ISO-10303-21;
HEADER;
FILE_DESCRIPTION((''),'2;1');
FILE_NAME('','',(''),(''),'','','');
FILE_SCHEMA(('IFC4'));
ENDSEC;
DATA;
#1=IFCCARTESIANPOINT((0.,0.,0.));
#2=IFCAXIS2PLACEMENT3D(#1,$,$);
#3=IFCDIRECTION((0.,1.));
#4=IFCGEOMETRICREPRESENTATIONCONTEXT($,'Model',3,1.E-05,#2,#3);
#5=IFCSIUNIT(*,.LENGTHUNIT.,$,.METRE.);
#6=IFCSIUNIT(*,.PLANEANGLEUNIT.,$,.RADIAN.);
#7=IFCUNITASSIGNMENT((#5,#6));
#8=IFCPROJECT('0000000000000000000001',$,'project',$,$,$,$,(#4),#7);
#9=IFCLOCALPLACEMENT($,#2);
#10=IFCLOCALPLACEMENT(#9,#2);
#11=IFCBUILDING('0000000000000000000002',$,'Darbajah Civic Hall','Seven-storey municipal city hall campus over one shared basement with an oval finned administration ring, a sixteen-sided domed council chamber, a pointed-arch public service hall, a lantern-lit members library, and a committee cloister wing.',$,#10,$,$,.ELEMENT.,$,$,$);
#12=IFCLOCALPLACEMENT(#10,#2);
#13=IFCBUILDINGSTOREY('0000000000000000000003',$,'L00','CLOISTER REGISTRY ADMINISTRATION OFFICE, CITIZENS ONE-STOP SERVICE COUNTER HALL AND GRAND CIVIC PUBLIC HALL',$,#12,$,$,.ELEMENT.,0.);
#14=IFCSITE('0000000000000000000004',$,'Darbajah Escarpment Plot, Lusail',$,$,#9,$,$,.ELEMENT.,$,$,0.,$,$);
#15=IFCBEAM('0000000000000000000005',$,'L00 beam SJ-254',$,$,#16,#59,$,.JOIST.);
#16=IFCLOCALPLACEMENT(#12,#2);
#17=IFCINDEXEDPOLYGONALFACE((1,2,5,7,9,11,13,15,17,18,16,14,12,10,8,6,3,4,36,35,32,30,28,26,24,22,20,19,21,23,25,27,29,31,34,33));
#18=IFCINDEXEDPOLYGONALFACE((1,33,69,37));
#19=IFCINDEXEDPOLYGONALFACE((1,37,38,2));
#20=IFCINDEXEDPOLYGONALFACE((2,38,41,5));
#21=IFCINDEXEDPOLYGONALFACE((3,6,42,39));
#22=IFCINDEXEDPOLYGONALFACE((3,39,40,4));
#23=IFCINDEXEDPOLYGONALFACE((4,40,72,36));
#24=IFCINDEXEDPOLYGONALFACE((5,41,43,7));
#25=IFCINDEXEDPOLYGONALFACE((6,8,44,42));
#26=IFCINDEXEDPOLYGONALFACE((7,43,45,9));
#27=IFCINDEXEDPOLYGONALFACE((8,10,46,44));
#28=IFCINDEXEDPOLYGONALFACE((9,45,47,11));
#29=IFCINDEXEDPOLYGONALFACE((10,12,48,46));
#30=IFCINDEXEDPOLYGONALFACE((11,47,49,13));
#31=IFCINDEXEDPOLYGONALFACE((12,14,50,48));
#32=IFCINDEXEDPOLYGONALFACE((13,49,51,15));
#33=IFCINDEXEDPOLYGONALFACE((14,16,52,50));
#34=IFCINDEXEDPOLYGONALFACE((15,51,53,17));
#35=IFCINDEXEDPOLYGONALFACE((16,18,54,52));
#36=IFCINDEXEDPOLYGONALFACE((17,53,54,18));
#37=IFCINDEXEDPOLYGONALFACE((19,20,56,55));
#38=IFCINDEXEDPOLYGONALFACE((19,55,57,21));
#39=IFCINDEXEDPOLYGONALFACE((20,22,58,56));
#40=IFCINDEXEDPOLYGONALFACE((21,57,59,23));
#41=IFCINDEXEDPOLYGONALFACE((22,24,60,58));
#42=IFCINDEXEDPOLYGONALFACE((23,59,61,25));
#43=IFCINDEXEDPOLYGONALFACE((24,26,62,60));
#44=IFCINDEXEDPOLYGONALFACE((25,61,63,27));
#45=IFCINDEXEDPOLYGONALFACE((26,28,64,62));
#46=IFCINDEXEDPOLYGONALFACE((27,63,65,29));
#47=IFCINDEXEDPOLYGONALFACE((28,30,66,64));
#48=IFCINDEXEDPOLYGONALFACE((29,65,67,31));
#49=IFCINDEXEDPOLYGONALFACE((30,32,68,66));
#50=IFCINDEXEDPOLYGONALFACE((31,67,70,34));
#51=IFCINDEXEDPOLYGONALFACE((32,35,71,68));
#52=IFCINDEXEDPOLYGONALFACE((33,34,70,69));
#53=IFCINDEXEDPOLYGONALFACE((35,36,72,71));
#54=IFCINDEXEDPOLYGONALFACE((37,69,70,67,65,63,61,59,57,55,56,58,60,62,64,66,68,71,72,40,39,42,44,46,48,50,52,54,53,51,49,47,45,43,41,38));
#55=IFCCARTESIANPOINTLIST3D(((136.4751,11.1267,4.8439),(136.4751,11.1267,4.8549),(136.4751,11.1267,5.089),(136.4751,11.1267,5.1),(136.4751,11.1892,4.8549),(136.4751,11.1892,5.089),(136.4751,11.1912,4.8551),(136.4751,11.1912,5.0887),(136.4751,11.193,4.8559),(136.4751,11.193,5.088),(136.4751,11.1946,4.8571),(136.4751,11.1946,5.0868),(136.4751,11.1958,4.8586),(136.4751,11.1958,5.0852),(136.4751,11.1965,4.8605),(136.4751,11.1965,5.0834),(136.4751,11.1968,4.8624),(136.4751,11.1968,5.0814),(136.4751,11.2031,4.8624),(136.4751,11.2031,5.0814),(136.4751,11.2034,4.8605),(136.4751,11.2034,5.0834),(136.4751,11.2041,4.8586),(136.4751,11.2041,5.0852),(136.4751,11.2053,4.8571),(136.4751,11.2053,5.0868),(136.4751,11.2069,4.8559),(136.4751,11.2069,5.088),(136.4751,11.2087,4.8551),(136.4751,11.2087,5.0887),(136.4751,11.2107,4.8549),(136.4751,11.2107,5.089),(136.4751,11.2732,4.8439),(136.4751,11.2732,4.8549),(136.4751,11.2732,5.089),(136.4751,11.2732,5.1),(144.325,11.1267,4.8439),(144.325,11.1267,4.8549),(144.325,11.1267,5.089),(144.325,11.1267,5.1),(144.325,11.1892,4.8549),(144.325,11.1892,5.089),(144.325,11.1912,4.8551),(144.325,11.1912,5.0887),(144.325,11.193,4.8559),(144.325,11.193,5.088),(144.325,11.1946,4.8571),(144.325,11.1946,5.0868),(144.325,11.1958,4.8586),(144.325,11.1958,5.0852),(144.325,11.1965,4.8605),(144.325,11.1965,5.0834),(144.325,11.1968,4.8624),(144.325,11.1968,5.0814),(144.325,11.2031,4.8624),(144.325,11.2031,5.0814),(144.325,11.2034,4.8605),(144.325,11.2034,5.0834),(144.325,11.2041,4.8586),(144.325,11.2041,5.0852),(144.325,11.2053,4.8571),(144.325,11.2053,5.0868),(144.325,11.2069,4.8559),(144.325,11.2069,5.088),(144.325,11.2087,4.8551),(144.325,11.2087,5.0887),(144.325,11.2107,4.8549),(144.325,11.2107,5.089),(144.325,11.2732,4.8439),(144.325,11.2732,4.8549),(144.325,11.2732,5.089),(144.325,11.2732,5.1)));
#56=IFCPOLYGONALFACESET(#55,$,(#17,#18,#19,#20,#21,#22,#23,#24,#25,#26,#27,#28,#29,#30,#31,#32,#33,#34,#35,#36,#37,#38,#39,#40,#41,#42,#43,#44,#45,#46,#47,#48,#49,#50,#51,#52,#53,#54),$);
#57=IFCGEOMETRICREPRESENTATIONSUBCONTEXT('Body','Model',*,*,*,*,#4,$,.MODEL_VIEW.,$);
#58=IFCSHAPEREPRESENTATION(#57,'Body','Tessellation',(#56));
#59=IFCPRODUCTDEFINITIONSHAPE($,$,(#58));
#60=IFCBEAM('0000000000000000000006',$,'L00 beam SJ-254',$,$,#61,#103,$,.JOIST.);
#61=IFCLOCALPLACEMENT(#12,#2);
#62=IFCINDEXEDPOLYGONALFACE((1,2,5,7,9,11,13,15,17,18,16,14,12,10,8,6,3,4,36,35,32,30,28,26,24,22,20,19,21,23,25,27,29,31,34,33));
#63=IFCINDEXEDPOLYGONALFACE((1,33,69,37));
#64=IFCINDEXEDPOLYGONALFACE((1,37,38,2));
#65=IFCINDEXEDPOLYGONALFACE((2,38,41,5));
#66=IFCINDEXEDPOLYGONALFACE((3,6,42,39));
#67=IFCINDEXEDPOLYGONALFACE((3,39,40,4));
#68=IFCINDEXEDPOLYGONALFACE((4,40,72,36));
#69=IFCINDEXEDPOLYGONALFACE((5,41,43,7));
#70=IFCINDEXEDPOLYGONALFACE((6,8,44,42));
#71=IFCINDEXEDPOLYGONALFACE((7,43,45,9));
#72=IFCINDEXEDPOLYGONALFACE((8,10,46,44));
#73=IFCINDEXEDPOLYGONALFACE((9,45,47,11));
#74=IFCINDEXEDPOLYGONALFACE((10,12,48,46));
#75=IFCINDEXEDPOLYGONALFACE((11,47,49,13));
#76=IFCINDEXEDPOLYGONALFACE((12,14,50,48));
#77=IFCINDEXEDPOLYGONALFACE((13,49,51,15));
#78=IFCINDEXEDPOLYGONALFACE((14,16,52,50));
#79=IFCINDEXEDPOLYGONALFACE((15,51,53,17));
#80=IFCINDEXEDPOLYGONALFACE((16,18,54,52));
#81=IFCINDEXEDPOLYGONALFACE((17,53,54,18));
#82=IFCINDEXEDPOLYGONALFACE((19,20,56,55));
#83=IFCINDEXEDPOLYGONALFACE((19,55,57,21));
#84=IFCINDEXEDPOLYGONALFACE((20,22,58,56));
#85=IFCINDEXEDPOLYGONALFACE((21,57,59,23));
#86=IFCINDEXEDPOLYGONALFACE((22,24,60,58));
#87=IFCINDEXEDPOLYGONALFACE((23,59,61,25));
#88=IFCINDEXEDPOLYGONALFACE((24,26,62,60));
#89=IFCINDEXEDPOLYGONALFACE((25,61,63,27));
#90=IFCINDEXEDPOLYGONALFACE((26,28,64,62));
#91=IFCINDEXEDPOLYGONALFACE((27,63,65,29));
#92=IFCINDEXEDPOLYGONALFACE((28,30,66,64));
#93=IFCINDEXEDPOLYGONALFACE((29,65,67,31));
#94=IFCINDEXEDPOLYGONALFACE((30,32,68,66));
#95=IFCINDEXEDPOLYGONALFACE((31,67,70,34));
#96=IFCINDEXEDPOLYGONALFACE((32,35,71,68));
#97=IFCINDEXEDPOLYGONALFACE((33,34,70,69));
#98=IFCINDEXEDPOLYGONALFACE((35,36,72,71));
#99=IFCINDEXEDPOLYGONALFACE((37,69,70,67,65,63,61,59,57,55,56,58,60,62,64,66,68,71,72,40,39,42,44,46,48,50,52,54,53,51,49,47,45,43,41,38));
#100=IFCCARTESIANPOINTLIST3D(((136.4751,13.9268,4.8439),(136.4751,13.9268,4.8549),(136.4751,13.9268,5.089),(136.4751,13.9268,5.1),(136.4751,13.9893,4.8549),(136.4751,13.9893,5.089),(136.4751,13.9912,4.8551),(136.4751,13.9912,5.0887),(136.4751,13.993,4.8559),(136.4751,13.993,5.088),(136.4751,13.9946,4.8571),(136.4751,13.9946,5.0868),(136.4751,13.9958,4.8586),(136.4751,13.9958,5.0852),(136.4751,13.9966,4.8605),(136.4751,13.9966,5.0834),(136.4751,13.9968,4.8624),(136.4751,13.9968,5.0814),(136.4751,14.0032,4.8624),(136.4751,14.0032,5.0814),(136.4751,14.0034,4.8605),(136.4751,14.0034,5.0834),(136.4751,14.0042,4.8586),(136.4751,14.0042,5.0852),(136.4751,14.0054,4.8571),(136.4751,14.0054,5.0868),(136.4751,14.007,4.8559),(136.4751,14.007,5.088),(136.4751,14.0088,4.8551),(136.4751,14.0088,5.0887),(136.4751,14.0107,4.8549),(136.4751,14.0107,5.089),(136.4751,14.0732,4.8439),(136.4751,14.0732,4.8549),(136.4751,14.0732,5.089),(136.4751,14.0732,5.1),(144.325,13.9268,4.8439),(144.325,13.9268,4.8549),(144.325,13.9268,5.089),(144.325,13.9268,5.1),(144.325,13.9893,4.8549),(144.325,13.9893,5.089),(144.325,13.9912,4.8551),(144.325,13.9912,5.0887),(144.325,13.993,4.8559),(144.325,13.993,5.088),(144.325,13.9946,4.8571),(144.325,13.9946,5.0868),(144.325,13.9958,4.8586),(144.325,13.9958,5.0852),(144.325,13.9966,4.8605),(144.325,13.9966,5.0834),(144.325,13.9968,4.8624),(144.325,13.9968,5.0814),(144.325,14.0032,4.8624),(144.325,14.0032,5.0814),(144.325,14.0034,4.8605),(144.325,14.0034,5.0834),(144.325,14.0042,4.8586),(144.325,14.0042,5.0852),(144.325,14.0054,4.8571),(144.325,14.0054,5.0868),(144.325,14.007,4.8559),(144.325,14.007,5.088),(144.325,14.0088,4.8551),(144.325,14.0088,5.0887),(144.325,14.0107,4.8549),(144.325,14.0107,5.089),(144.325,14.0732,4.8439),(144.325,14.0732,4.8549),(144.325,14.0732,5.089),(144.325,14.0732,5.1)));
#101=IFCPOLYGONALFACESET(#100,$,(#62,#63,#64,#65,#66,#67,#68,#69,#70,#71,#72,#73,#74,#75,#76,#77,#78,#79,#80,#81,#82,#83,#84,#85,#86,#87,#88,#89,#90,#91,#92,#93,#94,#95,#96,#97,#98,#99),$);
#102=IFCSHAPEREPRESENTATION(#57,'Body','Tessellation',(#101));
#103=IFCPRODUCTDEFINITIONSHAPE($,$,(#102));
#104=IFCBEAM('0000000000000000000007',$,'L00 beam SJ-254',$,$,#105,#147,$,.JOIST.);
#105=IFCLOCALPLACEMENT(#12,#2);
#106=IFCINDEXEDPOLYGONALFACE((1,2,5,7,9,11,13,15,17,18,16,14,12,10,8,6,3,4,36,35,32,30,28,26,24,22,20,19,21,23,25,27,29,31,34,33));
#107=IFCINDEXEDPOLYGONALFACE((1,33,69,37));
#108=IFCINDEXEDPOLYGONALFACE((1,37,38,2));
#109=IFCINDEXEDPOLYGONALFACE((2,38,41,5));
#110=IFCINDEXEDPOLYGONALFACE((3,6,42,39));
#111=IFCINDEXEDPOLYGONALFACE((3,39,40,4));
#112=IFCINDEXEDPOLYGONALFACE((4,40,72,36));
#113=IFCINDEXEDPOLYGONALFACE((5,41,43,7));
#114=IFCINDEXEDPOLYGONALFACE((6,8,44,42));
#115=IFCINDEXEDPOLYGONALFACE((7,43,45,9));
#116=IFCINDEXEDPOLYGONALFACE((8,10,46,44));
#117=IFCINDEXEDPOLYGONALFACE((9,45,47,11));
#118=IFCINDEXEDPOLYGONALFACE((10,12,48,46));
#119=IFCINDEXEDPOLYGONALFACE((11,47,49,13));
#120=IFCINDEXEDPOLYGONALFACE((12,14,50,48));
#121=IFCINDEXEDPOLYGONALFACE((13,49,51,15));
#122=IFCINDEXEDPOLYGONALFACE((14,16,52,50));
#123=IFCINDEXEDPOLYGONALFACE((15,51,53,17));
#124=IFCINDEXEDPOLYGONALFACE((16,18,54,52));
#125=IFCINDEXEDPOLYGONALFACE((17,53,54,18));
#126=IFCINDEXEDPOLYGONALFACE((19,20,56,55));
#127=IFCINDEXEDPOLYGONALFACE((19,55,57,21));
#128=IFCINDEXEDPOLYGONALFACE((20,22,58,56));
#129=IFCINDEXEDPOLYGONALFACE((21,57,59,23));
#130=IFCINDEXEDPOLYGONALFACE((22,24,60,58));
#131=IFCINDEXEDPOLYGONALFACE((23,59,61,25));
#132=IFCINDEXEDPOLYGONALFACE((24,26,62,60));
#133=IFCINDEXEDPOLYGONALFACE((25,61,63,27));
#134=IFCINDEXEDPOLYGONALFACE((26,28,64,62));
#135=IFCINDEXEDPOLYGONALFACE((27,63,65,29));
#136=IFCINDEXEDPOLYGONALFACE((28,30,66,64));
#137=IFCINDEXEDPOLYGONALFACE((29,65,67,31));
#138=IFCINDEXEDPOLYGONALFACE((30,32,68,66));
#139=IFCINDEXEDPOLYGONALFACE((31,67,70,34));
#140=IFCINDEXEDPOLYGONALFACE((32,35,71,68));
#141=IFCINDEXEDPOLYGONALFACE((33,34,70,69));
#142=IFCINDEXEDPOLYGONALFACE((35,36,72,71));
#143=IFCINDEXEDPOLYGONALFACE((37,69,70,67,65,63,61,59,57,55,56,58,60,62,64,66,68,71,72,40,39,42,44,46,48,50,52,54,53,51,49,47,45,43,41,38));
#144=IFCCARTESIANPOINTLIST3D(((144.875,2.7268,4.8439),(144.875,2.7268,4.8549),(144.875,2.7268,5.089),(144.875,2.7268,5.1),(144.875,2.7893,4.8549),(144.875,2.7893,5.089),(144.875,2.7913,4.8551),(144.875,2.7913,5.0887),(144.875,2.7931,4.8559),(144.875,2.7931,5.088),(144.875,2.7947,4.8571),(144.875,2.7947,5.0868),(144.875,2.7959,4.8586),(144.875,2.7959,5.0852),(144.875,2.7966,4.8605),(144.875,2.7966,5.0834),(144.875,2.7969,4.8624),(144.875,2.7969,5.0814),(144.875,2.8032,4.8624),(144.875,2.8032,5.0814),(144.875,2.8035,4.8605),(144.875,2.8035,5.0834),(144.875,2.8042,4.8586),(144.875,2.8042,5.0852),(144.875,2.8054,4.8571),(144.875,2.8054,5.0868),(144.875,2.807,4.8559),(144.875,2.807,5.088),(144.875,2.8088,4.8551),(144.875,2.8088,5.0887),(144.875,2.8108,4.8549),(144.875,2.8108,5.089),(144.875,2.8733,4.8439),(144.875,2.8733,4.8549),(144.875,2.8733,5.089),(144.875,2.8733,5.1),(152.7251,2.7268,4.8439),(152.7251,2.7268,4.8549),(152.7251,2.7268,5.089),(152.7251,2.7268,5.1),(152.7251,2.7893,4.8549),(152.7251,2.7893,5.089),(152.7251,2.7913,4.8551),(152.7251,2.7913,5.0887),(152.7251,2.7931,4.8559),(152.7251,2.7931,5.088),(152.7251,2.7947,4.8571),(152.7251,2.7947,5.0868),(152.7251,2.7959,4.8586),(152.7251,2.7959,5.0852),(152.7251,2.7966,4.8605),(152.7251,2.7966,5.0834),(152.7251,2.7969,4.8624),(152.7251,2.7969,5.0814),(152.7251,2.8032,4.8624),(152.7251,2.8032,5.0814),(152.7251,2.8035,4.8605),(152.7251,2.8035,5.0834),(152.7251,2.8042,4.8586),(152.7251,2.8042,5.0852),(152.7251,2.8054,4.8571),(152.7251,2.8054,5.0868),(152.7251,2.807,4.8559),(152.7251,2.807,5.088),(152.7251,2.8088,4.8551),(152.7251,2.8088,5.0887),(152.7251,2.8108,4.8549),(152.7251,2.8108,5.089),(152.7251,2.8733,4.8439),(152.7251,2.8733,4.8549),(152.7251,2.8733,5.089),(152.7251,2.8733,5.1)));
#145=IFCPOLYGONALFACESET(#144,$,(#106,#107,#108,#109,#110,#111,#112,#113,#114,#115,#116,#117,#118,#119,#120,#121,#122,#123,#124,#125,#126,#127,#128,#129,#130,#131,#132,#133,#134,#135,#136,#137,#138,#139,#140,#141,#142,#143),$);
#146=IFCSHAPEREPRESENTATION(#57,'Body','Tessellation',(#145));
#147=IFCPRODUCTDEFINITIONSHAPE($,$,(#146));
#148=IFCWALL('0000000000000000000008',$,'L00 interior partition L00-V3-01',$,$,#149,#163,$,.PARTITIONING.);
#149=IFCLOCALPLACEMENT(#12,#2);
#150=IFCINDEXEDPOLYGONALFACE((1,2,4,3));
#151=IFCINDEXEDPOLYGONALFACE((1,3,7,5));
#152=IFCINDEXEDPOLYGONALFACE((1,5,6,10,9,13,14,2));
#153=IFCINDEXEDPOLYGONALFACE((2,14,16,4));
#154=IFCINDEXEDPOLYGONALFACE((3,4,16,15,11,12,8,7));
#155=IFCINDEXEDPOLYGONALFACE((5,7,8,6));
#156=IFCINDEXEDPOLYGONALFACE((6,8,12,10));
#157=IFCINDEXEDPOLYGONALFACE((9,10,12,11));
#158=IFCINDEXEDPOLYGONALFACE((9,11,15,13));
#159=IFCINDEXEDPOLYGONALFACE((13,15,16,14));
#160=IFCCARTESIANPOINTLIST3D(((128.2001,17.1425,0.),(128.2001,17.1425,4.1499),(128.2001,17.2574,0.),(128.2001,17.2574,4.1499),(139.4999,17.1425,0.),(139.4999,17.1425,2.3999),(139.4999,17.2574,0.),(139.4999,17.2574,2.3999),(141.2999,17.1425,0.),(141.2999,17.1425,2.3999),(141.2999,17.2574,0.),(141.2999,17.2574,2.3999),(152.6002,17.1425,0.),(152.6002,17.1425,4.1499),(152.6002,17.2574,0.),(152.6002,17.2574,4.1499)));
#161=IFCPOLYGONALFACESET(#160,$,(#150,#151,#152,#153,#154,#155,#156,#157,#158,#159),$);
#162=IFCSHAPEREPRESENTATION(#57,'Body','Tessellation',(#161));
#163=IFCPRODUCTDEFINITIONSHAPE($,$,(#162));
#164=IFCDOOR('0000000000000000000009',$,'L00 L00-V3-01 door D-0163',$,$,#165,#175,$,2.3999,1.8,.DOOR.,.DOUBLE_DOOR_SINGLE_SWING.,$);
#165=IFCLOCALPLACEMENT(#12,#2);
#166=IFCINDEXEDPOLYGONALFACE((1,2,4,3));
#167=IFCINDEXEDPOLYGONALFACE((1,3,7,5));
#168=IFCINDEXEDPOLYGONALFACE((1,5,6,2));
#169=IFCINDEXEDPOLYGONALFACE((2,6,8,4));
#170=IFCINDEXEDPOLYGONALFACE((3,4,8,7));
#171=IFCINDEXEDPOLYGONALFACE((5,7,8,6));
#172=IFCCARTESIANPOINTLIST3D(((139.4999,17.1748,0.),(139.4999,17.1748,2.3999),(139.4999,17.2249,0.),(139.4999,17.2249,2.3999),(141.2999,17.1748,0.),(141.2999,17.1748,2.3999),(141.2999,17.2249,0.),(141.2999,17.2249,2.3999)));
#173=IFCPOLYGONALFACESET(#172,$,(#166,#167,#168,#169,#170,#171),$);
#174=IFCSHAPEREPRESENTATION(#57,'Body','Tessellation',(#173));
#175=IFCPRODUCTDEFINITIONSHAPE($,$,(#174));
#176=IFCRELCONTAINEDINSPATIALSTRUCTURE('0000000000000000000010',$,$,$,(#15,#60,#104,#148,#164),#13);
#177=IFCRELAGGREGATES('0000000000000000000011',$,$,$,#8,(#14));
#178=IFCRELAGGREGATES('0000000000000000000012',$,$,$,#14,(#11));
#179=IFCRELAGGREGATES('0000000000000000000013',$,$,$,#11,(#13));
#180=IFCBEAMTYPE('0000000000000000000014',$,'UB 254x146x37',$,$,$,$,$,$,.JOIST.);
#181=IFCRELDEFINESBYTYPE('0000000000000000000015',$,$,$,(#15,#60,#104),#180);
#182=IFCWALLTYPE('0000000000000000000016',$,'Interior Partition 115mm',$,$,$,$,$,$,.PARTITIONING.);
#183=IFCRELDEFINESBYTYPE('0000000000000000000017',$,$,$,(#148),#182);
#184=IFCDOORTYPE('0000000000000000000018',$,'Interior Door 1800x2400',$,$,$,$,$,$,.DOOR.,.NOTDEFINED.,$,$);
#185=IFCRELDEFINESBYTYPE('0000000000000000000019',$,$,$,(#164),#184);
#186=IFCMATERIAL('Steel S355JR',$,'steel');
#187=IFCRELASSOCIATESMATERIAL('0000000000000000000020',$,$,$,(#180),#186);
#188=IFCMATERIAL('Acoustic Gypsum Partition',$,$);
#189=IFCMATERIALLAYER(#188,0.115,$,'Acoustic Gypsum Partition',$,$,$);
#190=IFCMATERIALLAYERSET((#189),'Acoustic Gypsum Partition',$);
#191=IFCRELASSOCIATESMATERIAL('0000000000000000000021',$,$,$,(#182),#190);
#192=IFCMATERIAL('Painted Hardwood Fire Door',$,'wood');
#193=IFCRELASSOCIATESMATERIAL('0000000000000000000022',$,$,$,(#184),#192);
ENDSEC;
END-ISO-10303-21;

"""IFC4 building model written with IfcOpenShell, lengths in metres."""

from ifc_helpers import new_model, si_unit, direction, frame, frame_2d, origin, origin_2d, place, context, subcontext, project, spatial, rectangle, i_section, extrude, material, layer, layer_set, material_profile, profile_set, type_object, element, fill, save


model = new_model("IFC4")

# Units and contexts
model_context = context("Model", 3, precision=1e-05, world=origin(), true_north=direction((0.0, 1.0)))
body_context = subcontext(model_context, "Body", "Model", "MODEL_VIEW")
ifc_project = project(units=[si_unit("LENGTHUNIT", "METRE"), si_unit("PLANEANGLEUNIT", "RADIAN")], contexts=[model_context])

# Site, building, storey
site_placement = place(None, origin())
site = spatial("IfcSite", under=ifc_project, at=site_placement, Name="Darbajah Escarpment Plot, Lusail", CompositionType="ELEMENT", RefElevation=0.0)
building_placement = place(site_placement, origin())
building = spatial("IfcBuilding", under=site, at=building_placement, Name="Darbajah Civic Hall", Description="Seven-storey municipal city hall campus over one shared basement with an oval finned administration ring, a sixteen-sided domed council chamber, a pointed-arch public service hall, a lantern-lit members library, and a committee cloister wing.", CompositionType="ELEMENT")
storey_placement = place(building_placement, origin())
storey = spatial("IfcBuildingStorey", under=building, at=storey_placement, Name="L00", Description="CLOISTER REGISTRY ADMINISTRATION OFFICE, CITIZENS ONE-STOP SERVICE COUNTER HALL AND GRAND CIVIC PUBLIC HALL", CompositionType="ELEMENT", Elevation=0.0)

# Beams
ifc_material_1 = material(Name="Steel S355JR", Category="steel")
ifc_material_profile_1 = material_profile(ifc_material_1, i_section(OverallWidth=0.1465, OverallDepth=0.2561, WebThickness=0.0063, FlangeThickness=0.011, FilletRadius=0.0076, at=origin_2d()), Name="UB 254x146x37")
ifc_profile_set_1 = profile_set([ifc_material_profile_1], Name="Steel S355JR")
beam_type_1 = type_object("IfcBeamType", Name="UB 254x146x37", PredefinedType="JOIST", material=ifc_profile_set_1)
for number, where, z_axis, x_axis, name in (
    (1, (136.4751, 11.2, 4.9719), (1.0, 0.0, 0.0), (0.0, 1.0, 0.0), "L00 beam SJ-254"),
    (2, (136.4751, 14.0, 4.9719), (1.0, 0.0, 0.0), (0.0, 1.0, 0.0), "L00 beam SJ-254"),
):
    element("IfcBeam", number, at=place(storey_placement, frame(where, z_axis=z_axis, x_axis=x_axis)), inside=storey, type_object=beam_type_1, Name=name, PredefinedType="JOIST", context=body_context, shape_type="SweptSolid", body=[
        extrude(i_section(OverallWidth=0.1465, OverallDepth=0.2561, WebThickness=0.0063, FlangeThickness=0.011, FilletRadius=0.0076, at=origin_2d()), origin(), (0.0, 0.0, 1.0), 7.8499),
    ])
beam_placement = place(storey_placement, frame((144.875, 2.8, 4.9719), z_axis=(1.0, 0.0, 0.0), x_axis=(0.0, 1.0, 0.0)))
element("IfcBeam", 3, at=beam_placement, inside=storey, type_object=beam_type_1, Name="L00 beam SJ-254", PredefinedType="JOIST", context=body_context, shape_type="SweptSolid", body=[
    extrude(i_section(OverallWidth=0.1465, OverallDepth=0.2561, WebThickness=0.0063, FlangeThickness=0.011, FilletRadius=0.0076, at=origin_2d()), origin(), (0.0, 0.0, 1.0), 7.8501),
])

# Wall, opening, door
ifc_material_2 = material(Name="Acoustic Gypsum Partition")
ifc_layer = layer(ifc_material_2, 0.115, Name="Acoustic Gypsum Partition")
ifc_layer_set = layer_set([ifc_layer], Name="Acoustic Gypsum Partition")
wall_type = type_object("IfcWallType", Name="Interior Partition 115mm", PredefinedType="PARTITIONING", material=ifc_layer_set)
wall_placement = place(storey_placement, frame((128.2, 17.2, 0.0), z_axis=(0.0, 0.0, 1.0), x_axis=(1.0, 0.0, 0.0)))
wall = element("IfcWall", 4, at=wall_placement, inside=storey, type_object=wall_type, Name="L00 interior partition L00-V3-01", PredefinedType="PARTITIONING", context=body_context, shape_type="SweptSolid", body=[
    extrude(rectangle(XDim=24.4001, YDim=0.115, at=frame_2d((12.2002, 0.0))), origin(), (0.0, 0.0, 1.0), 4.1499),
])
opening_placement = place(wall_placement, frame((11.3, 0.0, 0.0)))
opening = element("IfcOpeningElement", 5, at=opening_placement, cuts=wall, PredefinedType="OPENING", context=body_context, shape_type="SweptSolid", body=[
    extrude(rectangle(XDim=1.8, YDim=2.3999, at=frame_2d((0.8999, 1.2))), frame((0.0, 0.0674, 0.0), z_axis=(0.0, -1.0, 0.0), x_axis=(1.0, 0.0, 0.0)), (0.0, 0.0, 1.0), 0.135),
])
ifc_material_3 = material(Name="Painted Hardwood Fire Door", Category="wood")
door_type = type_object("IfcDoorType", Name="Interior Door 1800x2400", OperationType="NOTDEFINED", PredefinedType="DOOR", material=ifc_material_3)
door_placement = place(opening_placement, origin())
door = element("IfcDoor", 6, at=door_placement, inside=storey, type_object=door_type, Name="L00 L00-V3-01 door D-0163", OperationType="DOUBLE_DOOR_SINGLE_SWING", OverallHeight=2.3999, OverallWidth=1.8, PredefinedType="DOOR", context=body_context, shape_type="SweptSolid", body=[
    extrude(rectangle(XDim=1.8, YDim=2.3999, at=frame_2d((0.8999, 1.2))), frame((0.0, 0.0249, 0.0), z_axis=(0.0, -1.0, 0.0), x_axis=(1.0, 0.0, 0.0)), (0.0, 0.0, 1.0), 0.05),
])
fill(opening, door)

save(model, "model.ifc")
